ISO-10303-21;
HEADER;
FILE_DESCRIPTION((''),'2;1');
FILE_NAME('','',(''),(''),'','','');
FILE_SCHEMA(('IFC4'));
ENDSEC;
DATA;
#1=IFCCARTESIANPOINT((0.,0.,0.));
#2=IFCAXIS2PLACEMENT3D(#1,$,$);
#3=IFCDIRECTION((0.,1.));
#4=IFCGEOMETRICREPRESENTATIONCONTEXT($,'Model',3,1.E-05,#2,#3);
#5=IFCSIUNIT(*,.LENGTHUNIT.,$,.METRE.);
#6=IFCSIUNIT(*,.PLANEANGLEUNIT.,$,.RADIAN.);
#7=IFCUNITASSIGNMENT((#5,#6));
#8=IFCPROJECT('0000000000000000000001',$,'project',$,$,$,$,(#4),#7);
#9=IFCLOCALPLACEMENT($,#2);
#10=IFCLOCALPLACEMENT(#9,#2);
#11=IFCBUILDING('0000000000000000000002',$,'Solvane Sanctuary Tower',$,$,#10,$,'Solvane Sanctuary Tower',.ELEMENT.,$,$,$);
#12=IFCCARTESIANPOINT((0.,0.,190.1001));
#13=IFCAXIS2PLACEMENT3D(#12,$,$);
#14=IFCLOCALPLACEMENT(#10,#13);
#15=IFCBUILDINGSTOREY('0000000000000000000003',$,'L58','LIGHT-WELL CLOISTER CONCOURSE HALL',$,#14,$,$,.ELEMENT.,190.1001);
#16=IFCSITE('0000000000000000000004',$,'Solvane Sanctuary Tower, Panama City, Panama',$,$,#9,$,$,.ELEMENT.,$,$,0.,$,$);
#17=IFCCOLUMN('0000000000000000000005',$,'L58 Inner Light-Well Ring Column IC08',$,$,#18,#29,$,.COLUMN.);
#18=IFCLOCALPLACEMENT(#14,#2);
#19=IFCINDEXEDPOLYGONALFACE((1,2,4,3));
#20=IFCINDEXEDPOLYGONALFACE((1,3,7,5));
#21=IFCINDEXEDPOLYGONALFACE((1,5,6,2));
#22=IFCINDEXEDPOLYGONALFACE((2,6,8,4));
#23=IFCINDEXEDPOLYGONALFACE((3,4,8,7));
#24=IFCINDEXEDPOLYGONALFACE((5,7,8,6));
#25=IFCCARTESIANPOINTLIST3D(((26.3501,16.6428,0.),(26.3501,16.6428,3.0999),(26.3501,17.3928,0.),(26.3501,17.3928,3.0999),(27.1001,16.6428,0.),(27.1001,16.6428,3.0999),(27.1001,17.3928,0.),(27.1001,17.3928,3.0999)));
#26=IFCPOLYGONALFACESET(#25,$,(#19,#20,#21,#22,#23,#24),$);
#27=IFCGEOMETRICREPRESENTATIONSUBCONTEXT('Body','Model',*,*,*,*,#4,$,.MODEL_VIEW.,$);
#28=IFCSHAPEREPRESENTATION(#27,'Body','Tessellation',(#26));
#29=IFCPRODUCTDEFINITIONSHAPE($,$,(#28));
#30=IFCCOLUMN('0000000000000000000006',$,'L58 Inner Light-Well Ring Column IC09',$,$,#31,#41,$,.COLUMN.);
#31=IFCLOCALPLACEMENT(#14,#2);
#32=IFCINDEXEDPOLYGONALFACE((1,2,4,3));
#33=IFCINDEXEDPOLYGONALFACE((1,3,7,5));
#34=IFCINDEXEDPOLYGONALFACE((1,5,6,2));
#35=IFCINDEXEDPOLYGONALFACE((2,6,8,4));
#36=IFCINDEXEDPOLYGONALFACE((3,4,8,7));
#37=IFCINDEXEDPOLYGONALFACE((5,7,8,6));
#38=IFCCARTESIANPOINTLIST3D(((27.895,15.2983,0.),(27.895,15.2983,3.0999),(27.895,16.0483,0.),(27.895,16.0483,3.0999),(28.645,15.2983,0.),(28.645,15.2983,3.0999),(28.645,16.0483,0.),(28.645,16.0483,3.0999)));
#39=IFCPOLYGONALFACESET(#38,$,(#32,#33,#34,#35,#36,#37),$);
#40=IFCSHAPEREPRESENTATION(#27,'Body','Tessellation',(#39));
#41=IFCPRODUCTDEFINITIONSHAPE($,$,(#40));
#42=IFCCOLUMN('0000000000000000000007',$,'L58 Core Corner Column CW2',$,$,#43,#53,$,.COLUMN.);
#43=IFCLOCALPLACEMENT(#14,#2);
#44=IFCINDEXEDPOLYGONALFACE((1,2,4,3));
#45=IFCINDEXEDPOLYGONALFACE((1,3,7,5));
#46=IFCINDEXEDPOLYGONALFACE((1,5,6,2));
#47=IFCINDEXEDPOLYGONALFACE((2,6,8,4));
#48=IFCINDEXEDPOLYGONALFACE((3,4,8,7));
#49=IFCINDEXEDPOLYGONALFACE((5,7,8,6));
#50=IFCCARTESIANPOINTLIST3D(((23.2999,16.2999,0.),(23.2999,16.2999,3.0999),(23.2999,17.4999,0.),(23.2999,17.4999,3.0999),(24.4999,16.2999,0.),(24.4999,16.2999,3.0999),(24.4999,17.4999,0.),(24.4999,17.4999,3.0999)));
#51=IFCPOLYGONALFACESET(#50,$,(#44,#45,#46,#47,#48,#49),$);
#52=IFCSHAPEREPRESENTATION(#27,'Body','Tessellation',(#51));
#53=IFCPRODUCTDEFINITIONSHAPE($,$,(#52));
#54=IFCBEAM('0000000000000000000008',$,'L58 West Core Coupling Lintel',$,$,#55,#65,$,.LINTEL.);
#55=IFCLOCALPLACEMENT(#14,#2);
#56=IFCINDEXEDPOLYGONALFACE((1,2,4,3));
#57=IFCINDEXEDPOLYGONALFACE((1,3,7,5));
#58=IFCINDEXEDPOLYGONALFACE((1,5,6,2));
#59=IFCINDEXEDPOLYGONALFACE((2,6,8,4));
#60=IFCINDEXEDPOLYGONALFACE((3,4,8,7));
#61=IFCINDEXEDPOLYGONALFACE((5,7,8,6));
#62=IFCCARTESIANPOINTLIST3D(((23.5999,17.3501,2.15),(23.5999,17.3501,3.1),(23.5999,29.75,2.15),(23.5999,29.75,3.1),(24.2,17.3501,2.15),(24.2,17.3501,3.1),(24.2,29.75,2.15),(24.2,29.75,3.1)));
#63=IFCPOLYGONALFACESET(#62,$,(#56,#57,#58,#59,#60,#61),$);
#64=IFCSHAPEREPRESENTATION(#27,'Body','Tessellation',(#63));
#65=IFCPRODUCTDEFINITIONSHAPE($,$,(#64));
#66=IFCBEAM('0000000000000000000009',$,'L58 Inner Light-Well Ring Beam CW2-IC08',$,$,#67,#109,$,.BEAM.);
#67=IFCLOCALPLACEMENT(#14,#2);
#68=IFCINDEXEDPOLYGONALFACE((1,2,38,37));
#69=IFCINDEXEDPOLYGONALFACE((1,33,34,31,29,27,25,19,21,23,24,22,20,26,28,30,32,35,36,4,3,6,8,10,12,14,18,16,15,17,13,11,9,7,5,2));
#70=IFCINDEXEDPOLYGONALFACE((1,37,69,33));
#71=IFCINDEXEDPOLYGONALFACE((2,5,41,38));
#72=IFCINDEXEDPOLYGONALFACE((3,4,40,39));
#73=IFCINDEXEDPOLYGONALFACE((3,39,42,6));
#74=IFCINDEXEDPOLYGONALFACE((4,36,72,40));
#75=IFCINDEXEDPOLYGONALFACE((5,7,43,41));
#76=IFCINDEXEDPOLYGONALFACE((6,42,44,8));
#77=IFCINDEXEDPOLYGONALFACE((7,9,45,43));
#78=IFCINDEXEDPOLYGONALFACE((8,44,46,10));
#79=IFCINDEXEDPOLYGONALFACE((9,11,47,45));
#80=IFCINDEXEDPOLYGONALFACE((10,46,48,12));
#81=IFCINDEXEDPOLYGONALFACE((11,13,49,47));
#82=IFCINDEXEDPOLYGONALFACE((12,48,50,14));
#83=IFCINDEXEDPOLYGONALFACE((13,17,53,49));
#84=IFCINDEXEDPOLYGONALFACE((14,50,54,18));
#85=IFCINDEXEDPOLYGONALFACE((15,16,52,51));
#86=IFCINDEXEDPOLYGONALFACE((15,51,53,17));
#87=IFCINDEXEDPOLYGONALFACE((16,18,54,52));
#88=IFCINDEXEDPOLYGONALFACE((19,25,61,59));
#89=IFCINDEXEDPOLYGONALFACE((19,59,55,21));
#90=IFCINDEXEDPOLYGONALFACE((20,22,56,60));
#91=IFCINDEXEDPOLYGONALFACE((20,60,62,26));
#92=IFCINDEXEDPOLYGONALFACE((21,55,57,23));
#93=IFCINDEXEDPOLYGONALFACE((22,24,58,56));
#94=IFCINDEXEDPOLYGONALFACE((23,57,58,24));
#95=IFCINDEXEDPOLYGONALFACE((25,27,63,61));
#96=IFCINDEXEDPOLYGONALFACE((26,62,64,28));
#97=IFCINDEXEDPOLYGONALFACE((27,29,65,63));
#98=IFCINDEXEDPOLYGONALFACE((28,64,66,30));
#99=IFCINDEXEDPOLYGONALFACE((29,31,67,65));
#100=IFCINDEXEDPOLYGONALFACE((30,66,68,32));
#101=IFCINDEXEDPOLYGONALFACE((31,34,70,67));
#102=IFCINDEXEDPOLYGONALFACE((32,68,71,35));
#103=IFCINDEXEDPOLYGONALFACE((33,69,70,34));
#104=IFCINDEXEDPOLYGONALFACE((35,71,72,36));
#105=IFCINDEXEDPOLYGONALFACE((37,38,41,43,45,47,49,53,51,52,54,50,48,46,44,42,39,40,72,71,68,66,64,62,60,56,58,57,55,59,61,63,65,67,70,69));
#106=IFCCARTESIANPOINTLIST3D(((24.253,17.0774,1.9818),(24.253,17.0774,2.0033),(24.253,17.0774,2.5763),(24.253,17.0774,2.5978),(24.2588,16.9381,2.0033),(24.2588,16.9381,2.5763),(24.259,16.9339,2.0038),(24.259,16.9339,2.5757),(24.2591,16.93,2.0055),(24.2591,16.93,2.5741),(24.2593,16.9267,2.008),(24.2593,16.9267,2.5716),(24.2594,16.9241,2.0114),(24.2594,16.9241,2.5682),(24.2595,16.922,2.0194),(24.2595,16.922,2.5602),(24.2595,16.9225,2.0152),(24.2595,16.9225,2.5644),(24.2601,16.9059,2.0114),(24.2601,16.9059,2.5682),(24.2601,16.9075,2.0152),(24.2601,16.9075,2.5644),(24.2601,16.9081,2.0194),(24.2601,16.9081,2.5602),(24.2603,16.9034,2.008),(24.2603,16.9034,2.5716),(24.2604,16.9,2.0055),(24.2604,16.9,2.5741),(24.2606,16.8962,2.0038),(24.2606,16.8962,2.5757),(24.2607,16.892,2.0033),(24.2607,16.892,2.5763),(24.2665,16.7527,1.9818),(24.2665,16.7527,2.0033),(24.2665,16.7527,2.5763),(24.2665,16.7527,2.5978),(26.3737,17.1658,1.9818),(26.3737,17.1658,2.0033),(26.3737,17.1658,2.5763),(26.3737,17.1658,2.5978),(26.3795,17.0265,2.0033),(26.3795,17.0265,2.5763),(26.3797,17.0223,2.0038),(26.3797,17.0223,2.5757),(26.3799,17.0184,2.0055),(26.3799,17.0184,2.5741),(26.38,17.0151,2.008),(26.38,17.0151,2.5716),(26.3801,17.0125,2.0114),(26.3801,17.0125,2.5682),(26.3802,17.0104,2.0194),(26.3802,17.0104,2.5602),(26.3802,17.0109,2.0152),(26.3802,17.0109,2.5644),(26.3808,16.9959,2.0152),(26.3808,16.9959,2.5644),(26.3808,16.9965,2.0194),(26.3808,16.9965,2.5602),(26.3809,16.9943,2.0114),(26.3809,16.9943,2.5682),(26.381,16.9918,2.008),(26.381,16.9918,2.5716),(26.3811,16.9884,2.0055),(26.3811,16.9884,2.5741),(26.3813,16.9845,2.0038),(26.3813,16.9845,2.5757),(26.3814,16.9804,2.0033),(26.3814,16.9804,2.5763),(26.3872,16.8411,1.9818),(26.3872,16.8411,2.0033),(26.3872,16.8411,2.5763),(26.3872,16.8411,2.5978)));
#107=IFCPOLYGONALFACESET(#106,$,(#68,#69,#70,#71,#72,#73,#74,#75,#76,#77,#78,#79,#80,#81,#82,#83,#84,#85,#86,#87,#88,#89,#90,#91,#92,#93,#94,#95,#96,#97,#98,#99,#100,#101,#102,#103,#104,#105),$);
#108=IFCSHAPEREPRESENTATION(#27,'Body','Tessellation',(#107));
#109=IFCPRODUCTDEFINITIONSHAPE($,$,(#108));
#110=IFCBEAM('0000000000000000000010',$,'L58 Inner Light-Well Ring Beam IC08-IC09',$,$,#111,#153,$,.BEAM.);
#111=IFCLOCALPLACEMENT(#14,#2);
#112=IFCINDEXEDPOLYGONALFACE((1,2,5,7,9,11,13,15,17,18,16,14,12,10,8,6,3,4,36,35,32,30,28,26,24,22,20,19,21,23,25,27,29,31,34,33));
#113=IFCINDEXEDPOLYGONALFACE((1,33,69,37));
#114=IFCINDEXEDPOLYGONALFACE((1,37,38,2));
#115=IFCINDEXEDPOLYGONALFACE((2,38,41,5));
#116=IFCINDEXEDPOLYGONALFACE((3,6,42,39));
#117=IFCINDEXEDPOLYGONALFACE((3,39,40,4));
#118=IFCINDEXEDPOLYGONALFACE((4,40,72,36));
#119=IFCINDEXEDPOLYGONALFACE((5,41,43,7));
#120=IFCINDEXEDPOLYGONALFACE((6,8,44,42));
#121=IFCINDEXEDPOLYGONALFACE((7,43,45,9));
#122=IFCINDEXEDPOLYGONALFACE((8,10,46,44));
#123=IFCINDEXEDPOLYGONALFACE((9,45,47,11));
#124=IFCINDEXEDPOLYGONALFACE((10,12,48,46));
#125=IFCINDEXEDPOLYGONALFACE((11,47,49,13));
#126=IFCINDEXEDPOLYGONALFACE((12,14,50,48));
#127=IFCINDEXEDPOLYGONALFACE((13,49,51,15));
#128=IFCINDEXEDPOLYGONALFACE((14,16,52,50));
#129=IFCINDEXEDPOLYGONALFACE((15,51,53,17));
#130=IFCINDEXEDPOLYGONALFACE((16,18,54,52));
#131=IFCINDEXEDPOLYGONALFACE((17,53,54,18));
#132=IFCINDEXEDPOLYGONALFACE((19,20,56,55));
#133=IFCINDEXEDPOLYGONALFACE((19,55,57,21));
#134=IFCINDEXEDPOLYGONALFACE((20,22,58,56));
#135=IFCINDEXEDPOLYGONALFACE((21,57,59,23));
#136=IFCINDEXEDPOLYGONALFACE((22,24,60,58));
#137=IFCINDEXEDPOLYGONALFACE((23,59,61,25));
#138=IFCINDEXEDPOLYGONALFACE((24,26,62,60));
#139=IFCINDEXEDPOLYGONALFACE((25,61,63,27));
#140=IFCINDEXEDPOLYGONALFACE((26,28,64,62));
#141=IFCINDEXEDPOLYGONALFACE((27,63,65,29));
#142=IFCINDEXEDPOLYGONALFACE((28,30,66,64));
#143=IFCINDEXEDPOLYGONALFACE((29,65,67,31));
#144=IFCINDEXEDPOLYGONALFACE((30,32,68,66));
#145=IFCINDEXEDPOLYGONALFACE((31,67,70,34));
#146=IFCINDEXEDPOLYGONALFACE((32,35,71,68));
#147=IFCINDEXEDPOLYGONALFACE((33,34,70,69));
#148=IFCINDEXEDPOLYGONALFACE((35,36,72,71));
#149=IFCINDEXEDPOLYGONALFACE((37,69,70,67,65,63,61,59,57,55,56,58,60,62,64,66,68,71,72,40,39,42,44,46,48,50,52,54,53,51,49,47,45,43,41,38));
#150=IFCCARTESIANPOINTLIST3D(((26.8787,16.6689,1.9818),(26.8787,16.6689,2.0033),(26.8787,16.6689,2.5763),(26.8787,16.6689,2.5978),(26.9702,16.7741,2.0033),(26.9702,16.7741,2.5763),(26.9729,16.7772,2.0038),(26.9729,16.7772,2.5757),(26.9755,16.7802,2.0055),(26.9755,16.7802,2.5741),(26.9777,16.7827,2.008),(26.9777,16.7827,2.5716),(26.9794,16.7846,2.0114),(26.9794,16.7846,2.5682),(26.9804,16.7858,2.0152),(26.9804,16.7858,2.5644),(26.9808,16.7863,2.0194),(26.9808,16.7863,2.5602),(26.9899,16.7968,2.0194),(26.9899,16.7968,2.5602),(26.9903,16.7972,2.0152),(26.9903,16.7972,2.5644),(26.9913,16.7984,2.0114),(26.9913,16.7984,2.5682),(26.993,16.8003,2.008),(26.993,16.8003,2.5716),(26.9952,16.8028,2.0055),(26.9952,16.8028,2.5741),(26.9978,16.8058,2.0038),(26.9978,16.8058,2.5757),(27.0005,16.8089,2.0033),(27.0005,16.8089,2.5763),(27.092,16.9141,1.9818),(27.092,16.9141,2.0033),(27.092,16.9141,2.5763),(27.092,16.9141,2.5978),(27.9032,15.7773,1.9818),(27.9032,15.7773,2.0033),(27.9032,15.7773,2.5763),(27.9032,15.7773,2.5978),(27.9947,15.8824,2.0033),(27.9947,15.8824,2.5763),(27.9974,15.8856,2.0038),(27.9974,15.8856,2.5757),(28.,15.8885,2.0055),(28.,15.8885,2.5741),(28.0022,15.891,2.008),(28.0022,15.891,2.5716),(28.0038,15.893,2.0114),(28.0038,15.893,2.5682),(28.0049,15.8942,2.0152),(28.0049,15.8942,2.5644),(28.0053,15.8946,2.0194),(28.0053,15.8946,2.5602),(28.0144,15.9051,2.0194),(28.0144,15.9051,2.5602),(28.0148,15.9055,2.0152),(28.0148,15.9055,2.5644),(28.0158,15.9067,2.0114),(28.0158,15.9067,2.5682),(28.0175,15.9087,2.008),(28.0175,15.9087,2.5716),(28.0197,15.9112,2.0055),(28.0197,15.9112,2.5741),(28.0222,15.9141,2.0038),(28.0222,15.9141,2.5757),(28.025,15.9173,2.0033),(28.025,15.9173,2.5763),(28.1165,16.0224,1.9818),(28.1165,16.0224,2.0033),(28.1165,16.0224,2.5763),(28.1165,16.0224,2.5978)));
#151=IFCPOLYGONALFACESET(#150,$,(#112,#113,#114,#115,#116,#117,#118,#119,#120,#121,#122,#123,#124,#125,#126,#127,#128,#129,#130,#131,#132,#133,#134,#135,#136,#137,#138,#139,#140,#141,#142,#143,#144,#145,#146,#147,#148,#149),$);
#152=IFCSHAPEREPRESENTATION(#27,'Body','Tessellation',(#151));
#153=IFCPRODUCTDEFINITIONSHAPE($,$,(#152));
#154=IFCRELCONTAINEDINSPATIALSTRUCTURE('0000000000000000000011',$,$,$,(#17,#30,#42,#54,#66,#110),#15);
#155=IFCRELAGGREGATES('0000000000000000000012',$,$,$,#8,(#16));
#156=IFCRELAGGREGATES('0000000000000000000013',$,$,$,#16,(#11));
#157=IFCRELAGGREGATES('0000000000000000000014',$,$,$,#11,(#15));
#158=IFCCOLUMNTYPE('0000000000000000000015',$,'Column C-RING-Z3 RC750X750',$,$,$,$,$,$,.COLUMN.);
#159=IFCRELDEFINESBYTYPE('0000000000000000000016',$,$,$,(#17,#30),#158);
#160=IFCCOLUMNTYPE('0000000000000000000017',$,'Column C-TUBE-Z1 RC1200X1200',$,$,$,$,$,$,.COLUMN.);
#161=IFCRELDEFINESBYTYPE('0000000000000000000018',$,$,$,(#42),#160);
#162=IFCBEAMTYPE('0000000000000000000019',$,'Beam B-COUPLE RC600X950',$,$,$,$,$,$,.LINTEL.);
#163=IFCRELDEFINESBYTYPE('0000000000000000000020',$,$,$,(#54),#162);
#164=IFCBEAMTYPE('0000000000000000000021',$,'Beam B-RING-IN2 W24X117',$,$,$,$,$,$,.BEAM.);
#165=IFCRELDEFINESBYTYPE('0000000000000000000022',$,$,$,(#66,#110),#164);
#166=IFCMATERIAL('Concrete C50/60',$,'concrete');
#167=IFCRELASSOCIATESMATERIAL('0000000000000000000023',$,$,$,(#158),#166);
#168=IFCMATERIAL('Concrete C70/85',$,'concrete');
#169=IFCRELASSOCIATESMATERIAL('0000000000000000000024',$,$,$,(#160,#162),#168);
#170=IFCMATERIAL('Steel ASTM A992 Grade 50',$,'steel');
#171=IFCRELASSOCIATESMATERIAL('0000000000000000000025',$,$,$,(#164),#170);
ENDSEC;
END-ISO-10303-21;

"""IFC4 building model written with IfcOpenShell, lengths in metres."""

from ifc_helpers import new_model, si_unit, direction, frame, origin, origin_2d, place, context, subcontext, project, spatial, rectangle, i_section, extrude, material, material_profile, profile_set, type_object, element, save


model = new_model("IFC4")

# Units and contexts
model_context = context("Model", 3, precision=1e-05, world=origin(), true_north=direction((0.0, 1.0)))
body_context = subcontext(model_context, "Body", "Model", "MODEL_VIEW")
ifc_project = project(units=[si_unit("LENGTHUNIT", "METRE"), si_unit("PLANEANGLEUNIT", "RADIAN")], contexts=[model_context])

# Site, building, storey
site_placement = place(None, origin())
site = spatial("IfcSite", under=ifc_project, at=site_placement, Name="Solvane Sanctuary Tower, Panama City, Panama", CompositionType="ELEMENT", RefElevation=0.0)
building_placement = place(site_placement, origin())
building = spatial("IfcBuilding", under=site, at=building_placement, Name="Solvane Sanctuary Tower", LongName="Solvane Sanctuary Tower", CompositionType="ELEMENT")
storey_placement = place(building_placement, frame((0.0, 0.0, 190.1001)))
storey = spatial("IfcBuildingStorey", under=building, at=storey_placement, Name="L58", Description="LIGHT-WELL CLOISTER CONCOURSE HALL", CompositionType="ELEMENT", Elevation=190.1001)

# Columns
ifc_material_1 = material(Name="Concrete C50/60", Category="concrete")
ifc_material_profile_1 = material_profile(ifc_material_1, rectangle(XDim=0.75, YDim=0.75, at=origin_2d()), Name="RC750X750")
ifc_profile_set_1 = profile_set([ifc_material_profile_1], Name="Concrete C50/60")
column_type_1 = type_object("IfcColumnType", Name="Column C-RING-Z3 RC750X750", PredefinedType="COLUMN", material=ifc_profile_set_1)
for number, where, z_axis, x_axis, name in (
    (1, (26.7251, 17.0178, 0.0), (0.0, 0.0, 1.0), (1.0, 0.0, 0.0), "L58 Inner Light-Well Ring Column IC08"),
    (2, (28.27, 15.6733, 0.0), (0.0, 0.0, 1.0), (1.0, 0.0, 0.0), "L58 Inner Light-Well Ring Column IC09"),
):
    element("IfcColumn", number, at=place(storey_placement, frame(where, z_axis=z_axis, x_axis=x_axis)), inside=storey, type_object=column_type_1, Name=name, PredefinedType="COLUMN", context=body_context, shape_type="SweptSolid", body=[
        extrude(rectangle(XDim=0.75, YDim=0.75, at=origin_2d()), origin(), (0.0, 0.0, 1.0), 3.0999),
    ])
ifc_material_2 = material(Name="Concrete C70/85", Category="concrete")
ifc_material_profile_2 = material_profile(ifc_material_2, rectangle(XDim=1.2, YDim=1.2, at=origin_2d()), Name="RC1200X1200")
ifc_profile_set_2 = profile_set([ifc_material_profile_2], Name="Concrete C70/85")
column_type_2 = type_object("IfcColumnType", Name="Column C-TUBE-Z1 RC1200X1200", PredefinedType="COLUMN", material=ifc_profile_set_2)
column_placement = place(storey_placement, frame((23.8999, 16.8999, 0.0), z_axis=(0.0, 0.0, 1.0), x_axis=(1.0, 0.0, 0.0)))
element("IfcColumn", 3, at=column_placement, inside=storey, type_object=column_type_2, Name="L58 Core Corner Column CW2", PredefinedType="COLUMN", context=body_context, shape_type="SweptSolid", body=[
    extrude(rectangle(XDim=1.2, YDim=1.2, at=origin_2d()), origin(), (0.0, 0.0, 1.0), 3.0999),
])

# Beams
ifc_material_profile_3 = material_profile(ifc_material_2, rectangle(XDim=0.6001, YDim=0.95, at=origin_2d()), Name="RC600X950")
ifc_profile_set_3 = profile_set([ifc_material_profile_3], Name="Concrete C70/85")
beam_type_1 = type_object("IfcBeamType", Name="Beam B-COUPLE RC600X950", PredefinedType="LINTEL", material=ifc_profile_set_3)
beam_1_placement = place(storey_placement, frame((23.8999, 17.3501, 2.625), z_axis=(0.0, 1.0, 0.0), x_axis=(-1.0, 0.0, 0.0)))
element("IfcBeam", 4, at=beam_1_placement, inside=storey, type_object=beam_type_1, Name="L58 West Core Coupling Lintel", PredefinedType="LINTEL", context=body_context, shape_type="SweptSolid", body=[
    extrude(rectangle(XDim=0.6001, YDim=0.95, at=origin_2d()), origin(), (0.0, 0.0, 1.0), 12.3999),
])
ifc_material_3 = material(Name="Steel ASTM A992 Grade 50", Category="steel")
ifc_material_profile_4 = material_profile(ifc_material_3, i_section(OverallWidth=0.325, OverallDepth=0.616, WebThickness=0.0139, FlangeThickness=0.0215, FilletRadius=0.0161, at=origin_2d()), Name="W24X117")
ifc_profile_set_4 = profile_set([ifc_material_profile_4], Name="Steel ASTM A992 Grade 50")
beam_type_2 = type_object("IfcBeamType", Name="Beam B-RING-IN2 W24X117", PredefinedType="BEAM", material=ifc_profile_set_4)
beam_2_placement = place(storey_placement, frame((24.2598, 16.915, 2.2898), z_axis=(0.999133, 0.04164, 0.0), x_axis=(-0.04164, 0.999133, 0.0)))
element("IfcBeam", 5, at=beam_2_placement, inside=storey, type_object=beam_type_2, Name="L58 Inner Light-Well Ring Beam CW2-IC08", PredefinedType="BEAM", context=body_context, shape_type="SweptSolid", body=[
    extrude(i_section(OverallWidth=0.325, OverallDepth=0.616, WebThickness=0.0139, FlangeThickness=0.0215, FilletRadius=0.0161, at=origin_2d()), origin(), (0.0, 0.0, 1.0), 2.1226),
])
beam_3_placement = place(storey_placement, frame((26.9854, 16.7915, 2.2898), z_axis=(0.754311, -0.656517, 0.0), x_axis=(0.656517, 0.754311, 0.0)))
element("IfcBeam", 6, at=beam_3_placement, inside=storey, type_object=beam_type_2, Name="L58 Inner Light-Well Ring Beam IC08-IC09", PredefinedType="BEAM", context=body_context, shape_type="SweptSolid", body=[
    extrude(i_section(OverallWidth=0.325, OverallDepth=0.616, WebThickness=0.0139, FlangeThickness=0.0215, FilletRadius=0.0161, at=origin_2d()), origin(), (0.0, 0.0, 1.0), 1.3582),
])

save(model, "model.ifc")
